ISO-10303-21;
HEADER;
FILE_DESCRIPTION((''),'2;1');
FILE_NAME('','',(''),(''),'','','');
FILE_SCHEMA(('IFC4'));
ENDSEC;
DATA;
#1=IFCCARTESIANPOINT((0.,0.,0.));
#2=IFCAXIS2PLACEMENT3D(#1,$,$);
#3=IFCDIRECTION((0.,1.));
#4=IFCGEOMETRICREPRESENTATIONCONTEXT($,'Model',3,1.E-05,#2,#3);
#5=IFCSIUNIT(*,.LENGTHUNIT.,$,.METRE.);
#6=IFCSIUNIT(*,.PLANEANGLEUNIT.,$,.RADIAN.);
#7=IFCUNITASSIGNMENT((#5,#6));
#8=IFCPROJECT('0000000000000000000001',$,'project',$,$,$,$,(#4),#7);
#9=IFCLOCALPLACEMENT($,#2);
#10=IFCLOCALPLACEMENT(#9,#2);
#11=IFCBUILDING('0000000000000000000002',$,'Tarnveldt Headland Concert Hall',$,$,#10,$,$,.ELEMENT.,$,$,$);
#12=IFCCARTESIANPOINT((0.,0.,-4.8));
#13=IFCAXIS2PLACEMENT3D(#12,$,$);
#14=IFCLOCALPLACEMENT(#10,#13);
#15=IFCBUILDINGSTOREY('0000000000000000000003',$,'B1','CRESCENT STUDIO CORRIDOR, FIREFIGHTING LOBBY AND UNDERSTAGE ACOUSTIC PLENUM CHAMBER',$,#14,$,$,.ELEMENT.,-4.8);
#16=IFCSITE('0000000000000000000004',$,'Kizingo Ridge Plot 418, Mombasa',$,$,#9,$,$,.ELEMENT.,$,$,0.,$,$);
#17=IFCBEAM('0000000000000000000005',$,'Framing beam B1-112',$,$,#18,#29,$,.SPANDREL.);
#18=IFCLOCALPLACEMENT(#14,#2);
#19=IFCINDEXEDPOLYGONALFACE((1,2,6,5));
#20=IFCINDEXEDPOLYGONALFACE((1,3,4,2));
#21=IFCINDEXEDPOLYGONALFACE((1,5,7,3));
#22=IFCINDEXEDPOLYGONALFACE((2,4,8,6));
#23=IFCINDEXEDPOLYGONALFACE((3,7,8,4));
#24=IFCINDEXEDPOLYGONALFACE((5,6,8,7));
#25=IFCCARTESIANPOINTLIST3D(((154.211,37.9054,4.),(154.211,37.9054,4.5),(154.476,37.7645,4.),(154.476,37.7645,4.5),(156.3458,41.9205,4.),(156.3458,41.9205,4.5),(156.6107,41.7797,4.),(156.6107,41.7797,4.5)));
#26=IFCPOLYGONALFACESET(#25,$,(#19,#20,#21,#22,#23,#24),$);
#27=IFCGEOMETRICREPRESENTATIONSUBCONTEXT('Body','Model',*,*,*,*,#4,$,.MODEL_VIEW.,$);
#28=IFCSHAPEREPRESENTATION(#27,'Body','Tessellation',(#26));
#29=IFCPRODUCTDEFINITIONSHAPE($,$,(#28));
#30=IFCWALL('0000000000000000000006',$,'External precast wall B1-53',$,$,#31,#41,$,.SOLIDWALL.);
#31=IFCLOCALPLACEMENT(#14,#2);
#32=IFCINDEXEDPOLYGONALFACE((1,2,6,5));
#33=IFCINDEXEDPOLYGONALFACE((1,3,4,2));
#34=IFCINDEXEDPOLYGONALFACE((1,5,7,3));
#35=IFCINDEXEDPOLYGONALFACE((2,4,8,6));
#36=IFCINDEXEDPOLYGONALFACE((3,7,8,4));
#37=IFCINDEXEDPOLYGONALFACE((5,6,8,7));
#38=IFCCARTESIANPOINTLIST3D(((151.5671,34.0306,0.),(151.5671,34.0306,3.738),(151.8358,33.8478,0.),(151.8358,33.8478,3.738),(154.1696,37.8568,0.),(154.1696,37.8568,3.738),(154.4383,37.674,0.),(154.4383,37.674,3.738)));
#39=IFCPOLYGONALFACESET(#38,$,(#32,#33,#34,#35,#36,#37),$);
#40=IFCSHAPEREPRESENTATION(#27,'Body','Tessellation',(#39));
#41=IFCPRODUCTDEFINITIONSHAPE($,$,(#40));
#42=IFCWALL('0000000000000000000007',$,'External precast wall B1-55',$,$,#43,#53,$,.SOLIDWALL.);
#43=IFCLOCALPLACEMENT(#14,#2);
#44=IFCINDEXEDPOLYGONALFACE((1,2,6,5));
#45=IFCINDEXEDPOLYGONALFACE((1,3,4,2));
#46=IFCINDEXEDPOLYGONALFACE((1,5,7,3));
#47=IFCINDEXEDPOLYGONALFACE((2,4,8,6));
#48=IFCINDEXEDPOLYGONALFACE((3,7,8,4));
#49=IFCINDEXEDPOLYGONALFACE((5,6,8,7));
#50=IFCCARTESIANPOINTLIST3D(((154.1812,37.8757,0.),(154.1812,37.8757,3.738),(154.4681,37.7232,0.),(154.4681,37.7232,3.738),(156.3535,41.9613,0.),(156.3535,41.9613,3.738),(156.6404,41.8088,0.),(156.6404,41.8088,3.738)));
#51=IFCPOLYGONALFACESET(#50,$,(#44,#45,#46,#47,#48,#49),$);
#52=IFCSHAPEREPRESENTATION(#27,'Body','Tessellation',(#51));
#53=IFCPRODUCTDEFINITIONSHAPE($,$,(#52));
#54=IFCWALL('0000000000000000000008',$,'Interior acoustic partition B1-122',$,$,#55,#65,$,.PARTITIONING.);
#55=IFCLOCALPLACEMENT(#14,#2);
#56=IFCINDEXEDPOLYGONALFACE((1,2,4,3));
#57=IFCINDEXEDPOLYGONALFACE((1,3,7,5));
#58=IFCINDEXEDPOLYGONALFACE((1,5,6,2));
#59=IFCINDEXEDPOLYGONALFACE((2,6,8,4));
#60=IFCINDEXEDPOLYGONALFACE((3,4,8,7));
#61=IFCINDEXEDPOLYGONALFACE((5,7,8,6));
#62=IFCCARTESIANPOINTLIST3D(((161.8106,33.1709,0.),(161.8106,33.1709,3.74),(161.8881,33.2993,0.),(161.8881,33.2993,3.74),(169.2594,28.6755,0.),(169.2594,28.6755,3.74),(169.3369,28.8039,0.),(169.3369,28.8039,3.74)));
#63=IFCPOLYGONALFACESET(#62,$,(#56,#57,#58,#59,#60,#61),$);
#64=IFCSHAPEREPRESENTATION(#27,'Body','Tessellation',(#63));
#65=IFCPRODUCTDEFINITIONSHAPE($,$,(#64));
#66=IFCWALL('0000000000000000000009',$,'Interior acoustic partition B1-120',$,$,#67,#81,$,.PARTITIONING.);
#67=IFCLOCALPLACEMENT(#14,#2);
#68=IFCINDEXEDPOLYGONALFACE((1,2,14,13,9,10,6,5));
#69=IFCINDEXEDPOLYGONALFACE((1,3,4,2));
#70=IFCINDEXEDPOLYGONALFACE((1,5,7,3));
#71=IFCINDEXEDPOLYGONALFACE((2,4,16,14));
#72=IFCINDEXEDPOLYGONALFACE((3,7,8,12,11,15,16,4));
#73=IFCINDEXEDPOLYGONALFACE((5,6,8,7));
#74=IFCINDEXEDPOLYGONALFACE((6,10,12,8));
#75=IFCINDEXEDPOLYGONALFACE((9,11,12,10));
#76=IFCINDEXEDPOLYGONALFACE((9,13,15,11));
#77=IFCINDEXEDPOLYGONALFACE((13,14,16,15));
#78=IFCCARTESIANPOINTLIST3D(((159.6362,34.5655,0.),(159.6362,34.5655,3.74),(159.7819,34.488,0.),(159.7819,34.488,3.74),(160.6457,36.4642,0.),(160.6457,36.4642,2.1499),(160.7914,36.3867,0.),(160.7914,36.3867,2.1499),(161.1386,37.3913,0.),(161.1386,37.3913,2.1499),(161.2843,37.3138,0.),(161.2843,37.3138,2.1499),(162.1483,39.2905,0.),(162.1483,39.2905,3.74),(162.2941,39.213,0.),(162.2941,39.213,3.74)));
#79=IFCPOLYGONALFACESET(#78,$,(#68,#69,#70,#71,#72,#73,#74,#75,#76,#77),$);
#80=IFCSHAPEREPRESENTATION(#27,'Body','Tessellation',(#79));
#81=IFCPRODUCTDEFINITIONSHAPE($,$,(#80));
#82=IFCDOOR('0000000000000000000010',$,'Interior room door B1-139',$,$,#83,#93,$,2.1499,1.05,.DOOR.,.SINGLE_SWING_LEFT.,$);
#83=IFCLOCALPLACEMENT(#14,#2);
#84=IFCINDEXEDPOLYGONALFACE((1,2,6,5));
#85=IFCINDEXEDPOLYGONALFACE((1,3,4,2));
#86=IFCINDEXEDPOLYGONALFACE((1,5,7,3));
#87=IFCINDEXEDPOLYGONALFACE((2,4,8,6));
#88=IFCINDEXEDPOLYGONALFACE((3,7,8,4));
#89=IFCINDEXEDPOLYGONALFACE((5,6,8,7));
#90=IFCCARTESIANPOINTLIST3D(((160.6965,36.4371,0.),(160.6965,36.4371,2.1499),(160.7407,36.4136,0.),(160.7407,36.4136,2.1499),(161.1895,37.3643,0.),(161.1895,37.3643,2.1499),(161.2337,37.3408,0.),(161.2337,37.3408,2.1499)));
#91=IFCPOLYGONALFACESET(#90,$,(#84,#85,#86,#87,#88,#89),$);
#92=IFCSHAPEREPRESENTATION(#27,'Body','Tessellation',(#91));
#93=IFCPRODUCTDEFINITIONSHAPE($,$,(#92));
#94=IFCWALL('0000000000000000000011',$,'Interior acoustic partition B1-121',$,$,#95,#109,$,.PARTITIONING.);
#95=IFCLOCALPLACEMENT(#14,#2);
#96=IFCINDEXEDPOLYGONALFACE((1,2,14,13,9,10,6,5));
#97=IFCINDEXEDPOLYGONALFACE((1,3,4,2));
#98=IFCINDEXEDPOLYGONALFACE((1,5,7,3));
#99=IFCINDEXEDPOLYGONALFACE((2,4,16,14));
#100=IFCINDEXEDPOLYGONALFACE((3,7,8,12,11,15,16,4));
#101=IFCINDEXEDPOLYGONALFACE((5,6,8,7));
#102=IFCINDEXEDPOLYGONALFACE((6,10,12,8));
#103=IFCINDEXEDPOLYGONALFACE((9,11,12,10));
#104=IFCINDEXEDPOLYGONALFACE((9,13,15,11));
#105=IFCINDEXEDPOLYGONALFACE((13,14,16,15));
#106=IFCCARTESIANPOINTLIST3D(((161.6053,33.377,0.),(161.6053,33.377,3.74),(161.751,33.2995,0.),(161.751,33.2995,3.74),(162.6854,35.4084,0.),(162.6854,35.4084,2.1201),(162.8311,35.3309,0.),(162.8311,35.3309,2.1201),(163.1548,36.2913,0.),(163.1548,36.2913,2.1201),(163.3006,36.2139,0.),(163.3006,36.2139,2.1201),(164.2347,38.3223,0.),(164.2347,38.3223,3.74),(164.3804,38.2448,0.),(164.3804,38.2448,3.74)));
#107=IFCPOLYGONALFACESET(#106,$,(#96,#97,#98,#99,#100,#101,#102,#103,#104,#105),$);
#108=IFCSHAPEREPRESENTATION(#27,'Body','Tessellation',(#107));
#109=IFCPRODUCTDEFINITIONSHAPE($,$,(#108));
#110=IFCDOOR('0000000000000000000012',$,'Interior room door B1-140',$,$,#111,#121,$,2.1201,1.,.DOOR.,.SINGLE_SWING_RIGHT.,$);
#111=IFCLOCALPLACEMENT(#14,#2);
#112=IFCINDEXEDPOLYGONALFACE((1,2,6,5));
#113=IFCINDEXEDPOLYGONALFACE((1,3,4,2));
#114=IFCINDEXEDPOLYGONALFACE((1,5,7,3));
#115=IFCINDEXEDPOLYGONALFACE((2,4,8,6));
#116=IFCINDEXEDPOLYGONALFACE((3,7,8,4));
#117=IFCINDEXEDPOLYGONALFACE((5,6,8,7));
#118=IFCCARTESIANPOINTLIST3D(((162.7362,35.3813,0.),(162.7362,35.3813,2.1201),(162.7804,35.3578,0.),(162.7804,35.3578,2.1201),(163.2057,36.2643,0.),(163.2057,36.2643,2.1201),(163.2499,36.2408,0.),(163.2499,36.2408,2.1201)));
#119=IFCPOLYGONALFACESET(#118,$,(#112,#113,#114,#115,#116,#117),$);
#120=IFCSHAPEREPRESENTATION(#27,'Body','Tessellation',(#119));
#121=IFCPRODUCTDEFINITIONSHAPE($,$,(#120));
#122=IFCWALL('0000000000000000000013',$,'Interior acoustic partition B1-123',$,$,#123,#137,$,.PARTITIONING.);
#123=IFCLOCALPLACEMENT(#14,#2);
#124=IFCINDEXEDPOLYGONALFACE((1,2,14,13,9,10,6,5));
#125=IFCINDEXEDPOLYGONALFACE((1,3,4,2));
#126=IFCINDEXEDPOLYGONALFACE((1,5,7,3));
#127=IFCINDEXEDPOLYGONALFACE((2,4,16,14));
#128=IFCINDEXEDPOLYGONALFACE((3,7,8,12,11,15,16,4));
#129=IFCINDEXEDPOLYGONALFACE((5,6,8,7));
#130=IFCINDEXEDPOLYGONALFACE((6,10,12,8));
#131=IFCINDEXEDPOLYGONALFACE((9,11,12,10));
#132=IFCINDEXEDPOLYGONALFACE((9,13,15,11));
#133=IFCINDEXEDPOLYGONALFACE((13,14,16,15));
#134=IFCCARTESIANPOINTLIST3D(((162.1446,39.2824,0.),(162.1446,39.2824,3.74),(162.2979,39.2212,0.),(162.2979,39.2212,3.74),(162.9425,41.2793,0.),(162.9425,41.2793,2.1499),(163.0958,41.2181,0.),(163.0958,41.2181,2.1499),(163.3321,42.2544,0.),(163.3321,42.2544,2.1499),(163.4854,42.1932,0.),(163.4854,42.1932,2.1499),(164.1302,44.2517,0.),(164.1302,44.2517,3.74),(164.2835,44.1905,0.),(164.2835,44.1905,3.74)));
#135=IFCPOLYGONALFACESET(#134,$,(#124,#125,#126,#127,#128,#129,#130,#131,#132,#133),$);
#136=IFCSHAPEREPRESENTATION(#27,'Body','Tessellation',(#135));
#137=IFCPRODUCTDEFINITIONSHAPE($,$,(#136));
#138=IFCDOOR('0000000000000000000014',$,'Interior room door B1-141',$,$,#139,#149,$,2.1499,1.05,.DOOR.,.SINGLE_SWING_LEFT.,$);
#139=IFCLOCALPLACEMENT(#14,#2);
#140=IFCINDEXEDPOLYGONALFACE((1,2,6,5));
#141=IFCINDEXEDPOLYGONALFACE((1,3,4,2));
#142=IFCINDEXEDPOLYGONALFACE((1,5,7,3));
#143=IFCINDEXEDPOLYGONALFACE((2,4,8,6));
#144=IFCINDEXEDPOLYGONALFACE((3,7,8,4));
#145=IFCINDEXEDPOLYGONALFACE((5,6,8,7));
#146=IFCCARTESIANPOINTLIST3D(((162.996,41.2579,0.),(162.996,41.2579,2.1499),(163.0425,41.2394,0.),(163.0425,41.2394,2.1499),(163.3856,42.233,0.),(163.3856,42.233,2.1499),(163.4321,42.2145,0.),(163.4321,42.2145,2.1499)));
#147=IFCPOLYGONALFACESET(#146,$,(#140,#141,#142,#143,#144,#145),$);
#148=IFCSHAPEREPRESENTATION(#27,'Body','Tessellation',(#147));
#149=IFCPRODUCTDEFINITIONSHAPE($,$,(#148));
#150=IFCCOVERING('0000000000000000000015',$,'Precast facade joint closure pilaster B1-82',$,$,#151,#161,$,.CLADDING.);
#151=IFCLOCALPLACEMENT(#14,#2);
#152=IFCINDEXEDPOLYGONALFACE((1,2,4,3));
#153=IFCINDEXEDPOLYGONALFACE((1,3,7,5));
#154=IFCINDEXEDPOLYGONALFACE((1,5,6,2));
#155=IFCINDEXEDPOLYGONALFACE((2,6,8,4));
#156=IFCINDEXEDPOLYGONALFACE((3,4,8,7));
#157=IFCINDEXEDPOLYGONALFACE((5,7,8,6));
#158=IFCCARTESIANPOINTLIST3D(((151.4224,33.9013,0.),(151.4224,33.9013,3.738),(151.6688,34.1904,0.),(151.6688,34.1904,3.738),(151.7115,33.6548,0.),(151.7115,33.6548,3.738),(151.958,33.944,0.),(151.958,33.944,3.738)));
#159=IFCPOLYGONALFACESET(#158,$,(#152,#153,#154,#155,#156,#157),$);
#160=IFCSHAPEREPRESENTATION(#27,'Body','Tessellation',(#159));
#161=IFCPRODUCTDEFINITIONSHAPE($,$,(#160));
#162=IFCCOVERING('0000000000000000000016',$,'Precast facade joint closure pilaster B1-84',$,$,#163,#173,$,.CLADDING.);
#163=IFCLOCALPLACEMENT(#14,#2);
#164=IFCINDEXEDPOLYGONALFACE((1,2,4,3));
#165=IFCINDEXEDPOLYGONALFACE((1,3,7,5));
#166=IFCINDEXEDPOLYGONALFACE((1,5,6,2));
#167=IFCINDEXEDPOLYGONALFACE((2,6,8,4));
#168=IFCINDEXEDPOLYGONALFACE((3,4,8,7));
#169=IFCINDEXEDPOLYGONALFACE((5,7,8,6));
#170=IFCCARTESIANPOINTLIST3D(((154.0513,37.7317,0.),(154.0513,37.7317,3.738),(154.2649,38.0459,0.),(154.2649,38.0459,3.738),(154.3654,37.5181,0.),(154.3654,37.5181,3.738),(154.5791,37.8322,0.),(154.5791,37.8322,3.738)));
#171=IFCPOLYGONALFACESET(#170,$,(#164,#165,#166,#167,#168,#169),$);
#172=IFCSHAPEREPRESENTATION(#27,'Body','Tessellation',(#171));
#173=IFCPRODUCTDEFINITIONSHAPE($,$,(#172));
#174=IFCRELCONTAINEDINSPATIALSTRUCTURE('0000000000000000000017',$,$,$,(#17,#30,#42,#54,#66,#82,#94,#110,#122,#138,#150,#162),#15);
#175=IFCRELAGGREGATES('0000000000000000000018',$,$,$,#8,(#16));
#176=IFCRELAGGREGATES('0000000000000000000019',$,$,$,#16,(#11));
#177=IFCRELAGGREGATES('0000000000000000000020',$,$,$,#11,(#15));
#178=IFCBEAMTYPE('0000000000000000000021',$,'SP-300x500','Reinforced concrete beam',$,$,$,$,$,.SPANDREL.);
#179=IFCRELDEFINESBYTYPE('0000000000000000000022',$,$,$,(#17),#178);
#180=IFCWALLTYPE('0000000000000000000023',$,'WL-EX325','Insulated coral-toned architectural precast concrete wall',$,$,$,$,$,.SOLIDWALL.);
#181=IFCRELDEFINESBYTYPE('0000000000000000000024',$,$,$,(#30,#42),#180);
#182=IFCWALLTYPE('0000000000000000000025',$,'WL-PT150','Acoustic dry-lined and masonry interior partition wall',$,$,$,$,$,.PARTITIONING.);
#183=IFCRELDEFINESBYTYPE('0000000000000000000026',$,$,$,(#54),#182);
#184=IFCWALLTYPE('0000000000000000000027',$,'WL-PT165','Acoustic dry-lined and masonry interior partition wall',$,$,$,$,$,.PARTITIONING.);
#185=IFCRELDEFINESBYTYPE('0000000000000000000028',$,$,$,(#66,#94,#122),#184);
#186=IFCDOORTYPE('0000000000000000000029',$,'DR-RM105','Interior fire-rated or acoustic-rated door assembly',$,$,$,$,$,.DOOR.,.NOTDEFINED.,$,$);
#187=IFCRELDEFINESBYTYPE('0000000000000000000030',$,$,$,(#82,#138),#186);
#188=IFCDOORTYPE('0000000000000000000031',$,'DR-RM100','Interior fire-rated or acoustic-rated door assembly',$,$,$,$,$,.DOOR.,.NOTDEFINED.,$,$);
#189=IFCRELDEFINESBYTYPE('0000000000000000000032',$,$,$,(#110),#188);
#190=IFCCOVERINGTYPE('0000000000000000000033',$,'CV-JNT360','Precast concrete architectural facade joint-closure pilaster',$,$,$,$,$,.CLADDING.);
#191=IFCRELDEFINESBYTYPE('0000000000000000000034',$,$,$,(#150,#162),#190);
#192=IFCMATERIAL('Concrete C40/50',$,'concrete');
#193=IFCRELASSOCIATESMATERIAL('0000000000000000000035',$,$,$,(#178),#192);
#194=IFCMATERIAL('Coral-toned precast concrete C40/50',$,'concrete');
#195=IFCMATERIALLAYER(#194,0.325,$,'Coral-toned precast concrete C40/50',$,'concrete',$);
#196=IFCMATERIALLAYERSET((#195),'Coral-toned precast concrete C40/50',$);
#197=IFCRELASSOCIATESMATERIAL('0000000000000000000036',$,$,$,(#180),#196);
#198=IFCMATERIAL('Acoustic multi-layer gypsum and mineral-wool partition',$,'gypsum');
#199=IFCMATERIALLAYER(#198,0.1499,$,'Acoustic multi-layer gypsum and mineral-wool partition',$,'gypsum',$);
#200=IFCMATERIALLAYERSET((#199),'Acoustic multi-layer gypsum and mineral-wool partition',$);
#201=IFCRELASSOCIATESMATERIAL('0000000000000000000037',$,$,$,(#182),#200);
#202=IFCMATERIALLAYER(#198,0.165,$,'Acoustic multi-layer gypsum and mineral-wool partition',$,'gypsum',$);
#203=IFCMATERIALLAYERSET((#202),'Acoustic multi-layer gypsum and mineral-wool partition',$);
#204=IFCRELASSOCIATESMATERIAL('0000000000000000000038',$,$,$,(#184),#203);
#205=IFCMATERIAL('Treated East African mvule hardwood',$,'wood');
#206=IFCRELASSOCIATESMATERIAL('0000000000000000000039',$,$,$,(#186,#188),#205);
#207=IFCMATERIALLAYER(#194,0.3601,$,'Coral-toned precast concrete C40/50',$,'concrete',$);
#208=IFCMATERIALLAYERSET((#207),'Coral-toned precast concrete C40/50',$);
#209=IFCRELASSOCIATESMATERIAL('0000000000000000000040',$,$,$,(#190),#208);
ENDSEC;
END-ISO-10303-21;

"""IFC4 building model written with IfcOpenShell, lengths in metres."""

from ifc_helpers import new_model, si_unit, direction, frame, frame_2d, origin, origin_2d, place, context, subcontext, project, spatial, rectangle, extrude, material, layer, layer_set, material_profile, profile_set, type_object, element, fill, save


model = new_model("IFC4")

# Units and contexts
model_context = context("Model", 3, precision=1e-05, world=origin(), true_north=direction((0.0, 1.0)))
body_context = subcontext(model_context, "Body", "Model", "MODEL_VIEW")
ifc_project = project(units=[si_unit("LENGTHUNIT", "METRE"), si_unit("PLANEANGLEUNIT", "RADIAN")], contexts=[model_context])

# Site, building, storey
site_placement = place(None, origin())
site = spatial("IfcSite", under=ifc_project, at=site_placement, Name="Kizingo Ridge Plot 418, Mombasa", CompositionType="ELEMENT", RefElevation=0.0)
building_placement = place(site_placement, origin())
building = spatial("IfcBuilding", under=site, at=building_placement, Name="Tarnveldt Headland Concert Hall", CompositionType="ELEMENT")
storey_placement = place(building_placement, frame((0.0, 0.0, -4.8)))
storey = spatial("IfcBuildingStorey", under=building, at=storey_placement, Name="B1", Description="CRESCENT STUDIO CORRIDOR, FIREFIGHTING LOBBY AND UNDERSTAGE ACOUSTIC PLENUM CHAMBER", CompositionType="ELEMENT", Elevation=-4.8)

# Shared definitions
ifc_material_1 = material(Name="Concrete C40/50", Category="concrete")

# Beam
ifc_material_profile_1 = material_profile(ifc_material_1, rectangle(XDim=0.3, YDim=0.5, at=origin_2d()), Name="RC SPANDREL 300x500", Category="concrete")
ifc_profile_set_1 = profile_set([ifc_material_profile_1], Name="Concrete C40/50")
beam_type_1 = type_object("IfcBeamType", Name="SP-300x500", Description="Reinforced concrete beam", PredefinedType="SPANDREL", material=ifc_profile_set_1)
beam_1_placement = place(storey_placement, frame((154.3435, 37.835, 4.25), z_axis=(0.469451, 0.882959, 0.0), x_axis=(-0.882959, 0.469451, 0.0)))
element("IfcBeam", 1, at=beam_1_placement, inside=storey, type_object=beam_type_1, Name="Framing beam B1-112", PredefinedType="SPANDREL", context=body_context, shape_type="SweptSolid", body=[
    extrude(rectangle(XDim=0.3, YDim=0.5, at=origin_2d()), origin(), (0.0, 0.0, 1.0), 4.5474),
])

# Walls
ifc_material_2 = material(Name="Coral-toned precast concrete C40/50", Category="concrete")
ifc_layer_1 = layer(ifc_material_2, 0.325, Name="Coral-toned precast concrete C40/50", Category="concrete")
ifc_layer_set_1 = layer_set([ifc_layer_1], Name="Coral-toned precast concrete C40/50")
wall_type_1 = type_object("IfcWallType", Name="WL-EX325", Description="Insulated coral-toned architectural precast concrete wall", PredefinedType="SOLIDWALL", material=ifc_layer_set_1)
wall_1_placement = place(storey_placement, frame((151.7014, 33.9392, 0.0), z_axis=(0.0, 0.0, 1.0), x_axis=(0.56242, 0.826852, 0.0)))
element("IfcWall", 2, at=wall_1_placement, inside=storey, type_object=wall_type_1, Name="External precast wall B1-53", PredefinedType="SOLIDWALL", context=body_context, shape_type="SweptSolid", body=[
    extrude(rectangle(XDim=4.6274, YDim=0.325, at=frame_2d((2.3137, 0.0))), origin(), (0.0, 0.0, 1.0), 3.738),
])
wall_2_placement = place(storey_placement, frame((154.3247, 37.7996, 0.0), z_axis=(0.0, 0.0, 1.0), x_axis=(0.469465, 0.882951, 0.0)))
element("IfcWall", 3, at=wall_2_placement, inside=storey, type_object=wall_type_1, Name="External precast wall B1-55", PredefinedType="SOLIDWALL", context=body_context, shape_type="SweptSolid", body=[
    extrude(rectangle(XDim=4.6272, YDim=0.325, at=frame_2d((2.3135, 0.0))), origin(), (0.0, 0.0, 1.0), 3.738),
])
ifc_material_3 = material(Name="Acoustic multi-layer gypsum and mineral-wool partition", Category="gypsum")
ifc_layer_2 = layer(ifc_material_3, 0.1499, Name="Acoustic multi-layer gypsum and mineral-wool partition", Category="gypsum")
ifc_layer_set_2 = layer_set([ifc_layer_2], Name="Acoustic multi-layer gypsum and mineral-wool partition")
wall_type_2 = type_object("IfcWallType", Name="WL-PT150", Description="Acoustic dry-lined and masonry interior partition wall", PredefinedType="PARTITIONING", material=ifc_layer_set_2)
wall_3_placement = place(storey_placement, frame((161.8494, 33.2351, 0.0), z_axis=(0.0, 0.0, 1.0), x_axis=(0.856165, -0.516702, 0.0)))
element("IfcWall", 4, at=wall_3_placement, inside=storey, type_object=wall_type_2, Name="Interior acoustic partition B1-122", PredefinedType="PARTITIONING", context=body_context, shape_type="SweptSolid", body=[
    extrude(rectangle(XDim=8.7002, YDim=0.1499, at=frame_2d((4.3501, 0.0))), origin(), (0.0, 0.0, 1.0), 3.74),
])

# Walls, openings, doors
ifc_layer_3 = layer(ifc_material_3, 0.165, Name="Acoustic multi-layer gypsum and mineral-wool partition", Category="gypsum")
ifc_layer_set_3 = layer_set([ifc_layer_3], Name="Acoustic multi-layer gypsum and mineral-wool partition")
wall_type_3 = type_object("IfcWallType", Name="WL-PT165", Description="Acoustic dry-lined and masonry interior partition wall", PredefinedType="PARTITIONING", material=ifc_layer_set_3)
wall_4_placement = place(storey_placement, frame((159.709, 34.5266, 0.0), z_axis=(0.0, 0.0, 1.0), x_axis=(0.469447, 0.882961, 0.0)))
wall_4 = element("IfcWall", 5, at=wall_4_placement, inside=storey, type_object=wall_type_3, Name="Interior acoustic partition B1-120", PredefinedType="PARTITIONING", context=body_context, shape_type="SweptSolid", body=[
    extrude(rectangle(XDim=5.3513, YDim=0.165, at=frame_2d((2.6758, 0.0))), origin(), (0.0, 0.0, 1.0), 3.74),
])
opening_1_placement = place(wall_4_placement, frame((2.1506, 0.0, 0.0)))
opening_1 = element("IfcOpeningElement", 6, at=opening_1_placement, cuts=wall_4, PredefinedType="OPENING", context=body_context, shape_type="SweptSolid", body=[
    extrude(rectangle(XDim=1.05, YDim=2.1499, at=frame_2d((0.5249, 1.075))), frame((0.0, 0.0925, 0.0), z_axis=(0.0, -1.0, 0.0), x_axis=(1.0, 0.0, 0.0)), (0.0, 0.0, 1.0), 0.1851),
])
ifc_material_4 = material(Name="Treated East African mvule hardwood", Category="wood")
door_type_1 = type_object("IfcDoorType", Name="DR-RM105", Description="Interior fire-rated or acoustic-rated door assembly", OperationType="NOTDEFINED", PredefinedType="DOOR", material=ifc_material_4)
door_1_placement = place(opening_1_placement, origin())
door_1 = element("IfcDoor", 7, at=door_1_placement, inside=storey, type_object=door_type_1, Name="Interior room door B1-139", OperationType="SINGLE_SWING_LEFT", OverallHeight=2.1499, OverallWidth=1.05, PredefinedType="DOOR", context=body_context, shape_type="SweptSolid", body=[
    extrude(rectangle(XDim=1.05, YDim=2.1499, at=frame_2d((0.5249, 1.075))), frame((0.0, 0.0249, 0.0), z_axis=(0.0, -1.0, 0.0), x_axis=(1.0, 0.0, 0.0)), (0.0, 0.0, 1.0), 0.05),
])
fill(opening_1, door_1)
wall_5_placement = place(storey_placement, frame((161.6782, 33.3384, 0.0), z_axis=(0.0, 0.0, 1.0), x_axis=(0.469461, 0.882953, 0.0)))
wall_5 = element("IfcWall", 8, at=wall_5_placement, inside=storey, type_object=wall_type_3, Name="Interior acoustic partition B1-121", PredefinedType="PARTITIONING", context=body_context, shape_type="SweptSolid", body=[
    extrude(rectangle(XDim=5.6008, YDim=0.165, at=frame_2d((2.8003, 0.0))), origin(), (0.0, 0.0, 1.0), 3.74),
])
opening_2_placement = place(wall_5_placement, frame((2.3005, 0.0, 0.0)))
opening_2 = element("IfcOpeningElement", 9, at=opening_2_placement, cuts=wall_5, PredefinedType="OPENING", context=body_context, shape_type="SweptSolid", body=[
    extrude(rectangle(XDim=1.0, YDim=2.1201, at=frame_2d((0.5, 1.0601))), frame((0.0, 0.0925, 0.0), z_axis=(0.0, -1.0, 0.0), x_axis=(1.0, 0.0, 0.0)), (0.0, 0.0, 1.0), 0.1851),
])
door_type_2 = type_object("IfcDoorType", Name="DR-RM100", Description="Interior fire-rated or acoustic-rated door assembly", OperationType="NOTDEFINED", PredefinedType="DOOR", material=ifc_material_4)
door_2_placement = place(opening_2_placement, origin())
door_2 = element("IfcDoor", 10, at=door_2_placement, inside=storey, type_object=door_type_2, Name="Interior room door B1-140", OperationType="SINGLE_SWING_RIGHT", OverallHeight=2.1201, OverallWidth=1.0, PredefinedType="DOOR", context=body_context, shape_type="SweptSolid", body=[
    extrude(rectangle(XDim=1.0, YDim=2.1201, at=frame_2d((0.5, 1.0601))), frame((0.0, 0.0249, 0.0), z_axis=(0.0, -1.0, 0.0), x_axis=(1.0, 0.0, 0.0)), (0.0, 0.0, 1.0), 0.05),
])
fill(opening_2, door_2)
wall_6_placement = place(storey_placement, frame((162.2212, 39.2517, 0.0), z_axis=(0.0, 0.0, 1.0), x_axis=(0.371052, 0.928612, 0.0)))
wall_6 = element("IfcWall", 11, at=wall_6_placement, inside=storey, type_object=wall_type_3, Name="Interior acoustic partition B1-123", PredefinedType="PARTITIONING", context=body_context, shape_type="SweptSolid", body=[
    extrude(rectangle(XDim=5.3513, YDim=0.165, at=frame_2d((2.6758, 0.0))), origin(), (0.0, 0.0, 1.0), 3.74),
])
opening_3_placement = place(wall_6_placement, frame((2.1506, 0.0, 0.0)))
opening_3 = element("IfcOpeningElement", 12, at=opening_3_placement, cuts=wall_6, PredefinedType="OPENING", context=body_context, shape_type="SweptSolid", body=[
    extrude(rectangle(XDim=1.05, YDim=2.1499, at=frame_2d((0.5249, 1.075))), frame((0.0, 0.0925, 0.0), z_axis=(0.0, -1.0, 0.0), x_axis=(1.0, 0.0, 0.0)), (0.0, 0.0, 1.0), 0.1851),
])
door_3_placement = place(opening_3_placement, origin())
door_3 = element("IfcDoor", 13, at=door_3_placement, inside=storey, type_object=door_type_1, Name="Interior room door B1-141", OperationType="SINGLE_SWING_LEFT", OverallHeight=2.1499, OverallWidth=1.05, PredefinedType="DOOR", context=body_context, shape_type="SweptSolid", body=[
    extrude(rectangle(XDim=1.05, YDim=2.1499, at=frame_2d((0.5249, 1.075))), frame((0.0, 0.0249, 0.0), z_axis=(0.0, -1.0, 0.0), x_axis=(1.0, 0.0, 0.0)), (0.0, 0.0, 1.0), 0.05),
])
fill(opening_3, door_3)

# Coverings
ifc_layer_4 = layer(ifc_material_2, 0.3601, Name="Coral-toned precast concrete C40/50", Category="concrete")
ifc_layer_set_4 = layer_set([ifc_layer_4], Name="Coral-toned precast concrete C40/50")
covering_type = type_object("IfcCoveringType", Name="CV-JNT360", Description="Precast concrete architectural facade joint-closure pilaster", PredefinedType="CLADDING", material=ifc_layer_set_4)
for number, where, z_axis, x_axis, name in (
    (14, (151.6902, 33.9226, 0.0), (0.0, 0.0, 1.0), (0.648651, 0.761086, 0.0), "Precast facade joint closure pilaster B1-82"),
    (15, (154.3152, 37.782, 0.0), (0.0, 0.0, 1.0), (0.562372, 0.826884, 0.0), "Precast facade joint closure pilaster B1-84"),
):
    element("IfcCovering", number, at=place(storey_placement, frame(where, z_axis=z_axis, x_axis=x_axis)), inside=storey, type_object=covering_type, Name=name, PredefinedType="CLADDING", context=body_context, shape_type="SweptSolid", body=[
        extrude(rectangle(XDim=0.3799, YDim=0.3799, at=origin_2d()), origin(), (0.0, 0.0, 1.0), 3.738),
    ])

save(model, "model.ifc")
